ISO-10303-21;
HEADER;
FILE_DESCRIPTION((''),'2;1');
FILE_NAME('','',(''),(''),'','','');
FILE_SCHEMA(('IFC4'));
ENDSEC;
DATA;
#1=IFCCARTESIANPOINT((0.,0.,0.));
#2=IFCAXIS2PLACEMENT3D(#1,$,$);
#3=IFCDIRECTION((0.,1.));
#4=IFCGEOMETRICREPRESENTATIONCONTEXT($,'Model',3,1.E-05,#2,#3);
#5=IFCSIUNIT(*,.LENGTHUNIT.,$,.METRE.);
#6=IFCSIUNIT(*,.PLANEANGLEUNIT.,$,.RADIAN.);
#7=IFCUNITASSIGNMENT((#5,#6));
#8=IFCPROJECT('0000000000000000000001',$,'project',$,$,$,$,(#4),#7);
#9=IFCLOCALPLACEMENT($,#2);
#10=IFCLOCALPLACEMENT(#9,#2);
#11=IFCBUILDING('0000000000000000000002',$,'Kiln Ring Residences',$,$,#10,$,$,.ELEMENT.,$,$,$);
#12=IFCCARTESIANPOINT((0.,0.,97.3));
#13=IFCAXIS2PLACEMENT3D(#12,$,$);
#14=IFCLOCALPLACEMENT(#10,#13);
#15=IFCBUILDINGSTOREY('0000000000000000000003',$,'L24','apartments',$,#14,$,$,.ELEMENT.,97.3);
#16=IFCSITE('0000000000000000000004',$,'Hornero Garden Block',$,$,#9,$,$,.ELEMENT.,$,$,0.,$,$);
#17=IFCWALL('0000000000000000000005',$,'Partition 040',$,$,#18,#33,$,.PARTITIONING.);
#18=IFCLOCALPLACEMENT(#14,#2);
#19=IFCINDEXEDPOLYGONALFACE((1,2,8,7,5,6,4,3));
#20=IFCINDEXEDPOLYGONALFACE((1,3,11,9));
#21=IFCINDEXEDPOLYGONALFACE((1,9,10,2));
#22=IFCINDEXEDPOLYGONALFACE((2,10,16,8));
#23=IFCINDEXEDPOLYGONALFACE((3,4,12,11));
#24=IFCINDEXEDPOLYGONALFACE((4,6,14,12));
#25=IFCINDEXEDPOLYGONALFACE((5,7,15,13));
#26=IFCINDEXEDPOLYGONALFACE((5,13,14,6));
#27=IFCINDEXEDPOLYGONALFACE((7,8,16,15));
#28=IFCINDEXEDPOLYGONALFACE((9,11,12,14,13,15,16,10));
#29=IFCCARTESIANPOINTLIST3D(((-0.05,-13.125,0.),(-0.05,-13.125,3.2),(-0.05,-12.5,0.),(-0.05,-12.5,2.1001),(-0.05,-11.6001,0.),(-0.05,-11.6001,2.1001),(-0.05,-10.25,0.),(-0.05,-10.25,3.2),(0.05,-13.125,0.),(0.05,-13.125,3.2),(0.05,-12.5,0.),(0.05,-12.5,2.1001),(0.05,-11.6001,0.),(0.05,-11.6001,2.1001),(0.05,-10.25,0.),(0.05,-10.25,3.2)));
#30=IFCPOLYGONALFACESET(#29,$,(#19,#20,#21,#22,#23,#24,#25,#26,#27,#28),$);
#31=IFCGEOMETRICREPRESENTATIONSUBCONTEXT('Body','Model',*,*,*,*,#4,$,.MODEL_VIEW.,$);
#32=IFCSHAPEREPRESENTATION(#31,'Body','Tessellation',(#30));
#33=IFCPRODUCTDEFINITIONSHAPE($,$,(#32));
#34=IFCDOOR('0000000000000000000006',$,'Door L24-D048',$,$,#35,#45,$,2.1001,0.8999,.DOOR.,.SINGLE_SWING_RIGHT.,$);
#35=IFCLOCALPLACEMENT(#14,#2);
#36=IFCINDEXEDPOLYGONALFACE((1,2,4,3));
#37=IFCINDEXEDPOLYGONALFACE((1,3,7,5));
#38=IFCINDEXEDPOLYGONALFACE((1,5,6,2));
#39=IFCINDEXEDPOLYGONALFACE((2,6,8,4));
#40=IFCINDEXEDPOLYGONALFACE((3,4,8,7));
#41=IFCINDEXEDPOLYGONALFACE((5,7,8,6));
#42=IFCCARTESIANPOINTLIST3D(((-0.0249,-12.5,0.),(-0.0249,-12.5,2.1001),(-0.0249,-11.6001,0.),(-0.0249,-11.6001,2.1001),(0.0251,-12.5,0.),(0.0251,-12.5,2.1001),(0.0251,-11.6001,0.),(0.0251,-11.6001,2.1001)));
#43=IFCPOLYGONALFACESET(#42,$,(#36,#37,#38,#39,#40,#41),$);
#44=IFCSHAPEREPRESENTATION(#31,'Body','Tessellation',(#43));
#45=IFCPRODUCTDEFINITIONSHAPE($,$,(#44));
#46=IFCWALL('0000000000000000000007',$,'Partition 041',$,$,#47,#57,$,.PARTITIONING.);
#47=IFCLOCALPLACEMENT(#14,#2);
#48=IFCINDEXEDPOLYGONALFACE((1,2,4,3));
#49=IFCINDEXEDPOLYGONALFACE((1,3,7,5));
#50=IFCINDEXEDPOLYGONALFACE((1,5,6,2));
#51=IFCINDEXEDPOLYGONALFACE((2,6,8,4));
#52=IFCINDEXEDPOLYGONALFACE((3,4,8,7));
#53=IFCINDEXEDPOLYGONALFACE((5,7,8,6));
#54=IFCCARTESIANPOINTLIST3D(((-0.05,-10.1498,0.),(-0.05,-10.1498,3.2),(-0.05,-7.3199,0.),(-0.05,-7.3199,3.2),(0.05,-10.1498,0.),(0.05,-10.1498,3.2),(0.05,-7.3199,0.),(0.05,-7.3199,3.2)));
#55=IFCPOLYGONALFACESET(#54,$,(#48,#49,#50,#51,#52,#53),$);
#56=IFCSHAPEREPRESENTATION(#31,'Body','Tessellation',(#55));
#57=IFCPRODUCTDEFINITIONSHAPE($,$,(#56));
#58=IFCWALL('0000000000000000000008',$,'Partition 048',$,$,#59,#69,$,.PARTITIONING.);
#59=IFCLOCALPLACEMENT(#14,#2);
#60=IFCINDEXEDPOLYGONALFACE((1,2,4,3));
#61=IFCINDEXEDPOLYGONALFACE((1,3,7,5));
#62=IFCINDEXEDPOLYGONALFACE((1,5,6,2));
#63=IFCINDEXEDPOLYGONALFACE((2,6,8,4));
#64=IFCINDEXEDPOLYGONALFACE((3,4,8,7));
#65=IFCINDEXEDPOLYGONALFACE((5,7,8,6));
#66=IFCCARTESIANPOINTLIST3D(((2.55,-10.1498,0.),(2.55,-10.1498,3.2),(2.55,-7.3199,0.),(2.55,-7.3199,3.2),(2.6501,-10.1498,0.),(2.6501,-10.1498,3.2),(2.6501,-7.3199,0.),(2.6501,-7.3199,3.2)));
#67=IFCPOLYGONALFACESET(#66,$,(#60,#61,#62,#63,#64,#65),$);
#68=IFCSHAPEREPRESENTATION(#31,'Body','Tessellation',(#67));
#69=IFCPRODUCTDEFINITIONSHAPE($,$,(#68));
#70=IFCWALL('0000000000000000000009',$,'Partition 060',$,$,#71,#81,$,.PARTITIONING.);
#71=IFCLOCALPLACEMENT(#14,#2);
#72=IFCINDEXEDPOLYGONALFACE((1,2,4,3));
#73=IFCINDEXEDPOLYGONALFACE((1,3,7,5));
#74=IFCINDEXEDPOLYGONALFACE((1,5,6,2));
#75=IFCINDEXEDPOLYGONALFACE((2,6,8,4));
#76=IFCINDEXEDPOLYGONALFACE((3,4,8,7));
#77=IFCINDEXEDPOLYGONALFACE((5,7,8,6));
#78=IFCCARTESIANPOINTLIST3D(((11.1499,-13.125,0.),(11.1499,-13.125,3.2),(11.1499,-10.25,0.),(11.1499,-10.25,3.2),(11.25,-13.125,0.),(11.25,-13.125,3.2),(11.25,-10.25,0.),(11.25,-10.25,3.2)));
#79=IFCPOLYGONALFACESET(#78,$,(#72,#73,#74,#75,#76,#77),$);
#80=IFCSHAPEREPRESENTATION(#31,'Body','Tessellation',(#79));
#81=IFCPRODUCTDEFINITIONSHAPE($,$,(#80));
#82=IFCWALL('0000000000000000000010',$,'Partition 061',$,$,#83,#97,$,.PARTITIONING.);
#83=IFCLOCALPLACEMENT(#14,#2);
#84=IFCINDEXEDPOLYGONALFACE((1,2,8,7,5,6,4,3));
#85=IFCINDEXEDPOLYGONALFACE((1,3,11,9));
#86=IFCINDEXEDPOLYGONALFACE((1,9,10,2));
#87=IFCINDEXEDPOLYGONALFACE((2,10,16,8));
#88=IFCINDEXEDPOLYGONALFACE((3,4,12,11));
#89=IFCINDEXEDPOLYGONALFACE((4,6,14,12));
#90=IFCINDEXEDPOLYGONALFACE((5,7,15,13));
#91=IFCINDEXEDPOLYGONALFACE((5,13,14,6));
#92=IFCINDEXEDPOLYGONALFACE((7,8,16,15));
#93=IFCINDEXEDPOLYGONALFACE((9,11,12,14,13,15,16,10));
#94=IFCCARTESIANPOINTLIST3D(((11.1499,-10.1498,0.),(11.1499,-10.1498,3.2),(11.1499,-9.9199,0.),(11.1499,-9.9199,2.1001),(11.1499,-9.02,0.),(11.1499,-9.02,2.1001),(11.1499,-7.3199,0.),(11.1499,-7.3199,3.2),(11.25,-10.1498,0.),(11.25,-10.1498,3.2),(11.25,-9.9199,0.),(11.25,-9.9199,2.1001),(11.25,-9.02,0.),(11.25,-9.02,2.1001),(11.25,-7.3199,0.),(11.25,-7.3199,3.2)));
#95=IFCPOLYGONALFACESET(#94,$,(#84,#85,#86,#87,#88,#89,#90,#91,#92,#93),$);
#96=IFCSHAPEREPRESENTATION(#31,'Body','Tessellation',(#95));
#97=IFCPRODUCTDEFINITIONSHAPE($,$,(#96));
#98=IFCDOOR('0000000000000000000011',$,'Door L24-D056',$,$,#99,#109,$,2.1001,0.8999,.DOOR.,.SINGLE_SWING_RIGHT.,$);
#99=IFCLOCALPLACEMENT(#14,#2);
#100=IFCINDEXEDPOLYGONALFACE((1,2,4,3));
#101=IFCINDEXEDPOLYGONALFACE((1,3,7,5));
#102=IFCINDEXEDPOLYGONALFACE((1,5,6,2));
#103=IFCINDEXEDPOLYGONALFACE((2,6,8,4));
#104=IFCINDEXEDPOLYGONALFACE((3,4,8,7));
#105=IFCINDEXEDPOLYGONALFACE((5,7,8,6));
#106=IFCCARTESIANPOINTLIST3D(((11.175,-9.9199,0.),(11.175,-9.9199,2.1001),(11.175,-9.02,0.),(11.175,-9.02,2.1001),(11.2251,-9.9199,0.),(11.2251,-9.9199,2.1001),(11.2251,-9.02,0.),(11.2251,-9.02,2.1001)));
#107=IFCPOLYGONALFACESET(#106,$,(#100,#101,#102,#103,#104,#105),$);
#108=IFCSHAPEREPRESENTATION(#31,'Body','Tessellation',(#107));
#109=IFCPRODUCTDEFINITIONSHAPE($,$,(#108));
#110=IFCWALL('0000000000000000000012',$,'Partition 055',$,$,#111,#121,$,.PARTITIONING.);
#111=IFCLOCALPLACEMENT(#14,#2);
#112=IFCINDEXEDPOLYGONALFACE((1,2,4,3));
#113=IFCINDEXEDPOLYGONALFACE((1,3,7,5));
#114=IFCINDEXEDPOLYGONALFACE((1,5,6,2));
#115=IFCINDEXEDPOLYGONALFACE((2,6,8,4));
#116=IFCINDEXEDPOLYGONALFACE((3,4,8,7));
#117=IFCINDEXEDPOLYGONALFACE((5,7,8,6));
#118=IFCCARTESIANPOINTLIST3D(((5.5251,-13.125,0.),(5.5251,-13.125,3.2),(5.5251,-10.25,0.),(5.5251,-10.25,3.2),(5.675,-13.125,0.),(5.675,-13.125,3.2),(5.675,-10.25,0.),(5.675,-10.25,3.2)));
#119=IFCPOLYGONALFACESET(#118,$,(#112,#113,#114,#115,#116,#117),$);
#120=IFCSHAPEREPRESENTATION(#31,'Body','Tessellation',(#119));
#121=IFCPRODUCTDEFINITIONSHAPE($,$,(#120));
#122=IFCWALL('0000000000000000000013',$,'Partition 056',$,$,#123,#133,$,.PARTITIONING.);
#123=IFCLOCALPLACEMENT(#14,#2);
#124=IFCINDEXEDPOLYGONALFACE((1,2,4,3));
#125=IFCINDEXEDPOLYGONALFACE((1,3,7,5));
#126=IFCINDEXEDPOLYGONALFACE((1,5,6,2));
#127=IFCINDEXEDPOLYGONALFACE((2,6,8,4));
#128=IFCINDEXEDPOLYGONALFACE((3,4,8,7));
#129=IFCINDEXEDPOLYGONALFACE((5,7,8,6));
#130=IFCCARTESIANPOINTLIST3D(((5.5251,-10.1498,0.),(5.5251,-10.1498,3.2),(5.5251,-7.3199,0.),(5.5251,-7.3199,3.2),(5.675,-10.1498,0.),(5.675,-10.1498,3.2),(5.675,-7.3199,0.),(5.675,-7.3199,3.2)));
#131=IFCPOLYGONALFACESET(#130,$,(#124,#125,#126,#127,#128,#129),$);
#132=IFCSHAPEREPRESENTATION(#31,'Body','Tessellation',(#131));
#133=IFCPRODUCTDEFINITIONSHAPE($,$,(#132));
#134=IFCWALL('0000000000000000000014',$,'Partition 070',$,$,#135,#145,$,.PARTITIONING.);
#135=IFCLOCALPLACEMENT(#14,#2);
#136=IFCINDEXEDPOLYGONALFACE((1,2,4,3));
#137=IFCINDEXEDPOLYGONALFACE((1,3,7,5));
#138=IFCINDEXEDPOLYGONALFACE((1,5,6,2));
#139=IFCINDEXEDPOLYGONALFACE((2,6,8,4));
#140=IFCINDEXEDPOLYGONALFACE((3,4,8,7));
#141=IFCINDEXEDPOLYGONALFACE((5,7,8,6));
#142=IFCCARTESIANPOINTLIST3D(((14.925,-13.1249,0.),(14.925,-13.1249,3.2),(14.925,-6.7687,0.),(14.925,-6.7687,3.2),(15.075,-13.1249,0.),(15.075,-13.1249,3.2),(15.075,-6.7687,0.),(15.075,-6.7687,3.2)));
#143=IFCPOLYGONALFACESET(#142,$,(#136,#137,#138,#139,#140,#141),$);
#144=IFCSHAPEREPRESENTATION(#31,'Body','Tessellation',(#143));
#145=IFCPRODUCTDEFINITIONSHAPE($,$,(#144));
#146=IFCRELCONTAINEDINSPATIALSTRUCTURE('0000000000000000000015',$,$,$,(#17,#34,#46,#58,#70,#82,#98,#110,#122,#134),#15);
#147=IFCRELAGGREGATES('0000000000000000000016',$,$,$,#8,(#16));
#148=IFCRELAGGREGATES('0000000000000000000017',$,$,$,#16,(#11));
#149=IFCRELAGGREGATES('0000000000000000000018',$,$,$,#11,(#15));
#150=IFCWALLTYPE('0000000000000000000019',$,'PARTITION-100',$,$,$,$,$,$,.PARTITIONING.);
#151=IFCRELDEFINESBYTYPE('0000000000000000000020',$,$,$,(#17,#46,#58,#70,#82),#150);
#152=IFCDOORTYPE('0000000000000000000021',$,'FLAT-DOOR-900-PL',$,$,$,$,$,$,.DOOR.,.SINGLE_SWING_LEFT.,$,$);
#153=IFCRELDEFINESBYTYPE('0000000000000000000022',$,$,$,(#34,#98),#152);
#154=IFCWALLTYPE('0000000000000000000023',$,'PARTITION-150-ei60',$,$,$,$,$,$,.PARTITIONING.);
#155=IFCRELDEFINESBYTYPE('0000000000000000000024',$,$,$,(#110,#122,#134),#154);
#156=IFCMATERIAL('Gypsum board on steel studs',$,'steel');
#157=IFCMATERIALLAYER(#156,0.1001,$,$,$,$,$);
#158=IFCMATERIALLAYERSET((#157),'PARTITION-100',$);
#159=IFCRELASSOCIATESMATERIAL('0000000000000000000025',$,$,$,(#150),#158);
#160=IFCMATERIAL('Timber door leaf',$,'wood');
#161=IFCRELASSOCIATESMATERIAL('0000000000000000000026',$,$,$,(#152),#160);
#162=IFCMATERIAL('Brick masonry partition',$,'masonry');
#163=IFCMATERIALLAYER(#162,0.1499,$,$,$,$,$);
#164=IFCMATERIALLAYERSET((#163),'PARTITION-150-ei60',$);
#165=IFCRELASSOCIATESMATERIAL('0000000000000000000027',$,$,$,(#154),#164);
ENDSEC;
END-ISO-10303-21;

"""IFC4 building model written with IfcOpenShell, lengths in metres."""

from ifc_helpers import new_model, si_unit, direction, frame, frame_2d, origin, place, context, subcontext, project, spatial, rectangle, extrude, material, layer, layer_set, type_object, element, fill, save


model = new_model("IFC4")

# Units and contexts
model_context = context("Model", 3, precision=1e-05, world=origin(), true_north=direction((0.0, 1.0)))
body_context = subcontext(model_context, "Body", "Model", "MODEL_VIEW")
ifc_project = project(units=[si_unit("LENGTHUNIT", "METRE"), si_unit("PLANEANGLEUNIT", "RADIAN")], contexts=[model_context])

# Site, building, storey
site_placement = place(None, origin())
site = spatial("IfcSite", under=ifc_project, at=site_placement, Name="Hornero Garden Block", CompositionType="ELEMENT", RefElevation=0.0)
building_placement = place(site_placement, origin())
building = spatial("IfcBuilding", under=site, at=building_placement, Name="Kiln Ring Residences", CompositionType="ELEMENT")
storey_placement = place(building_placement, frame((0.0, 0.0, 97.3)))
storey = spatial("IfcBuildingStorey", under=building, at=storey_placement, Name="L24", Description="apartments", CompositionType="ELEMENT", Elevation=97.3)

# Wall, opening, door
ifc_material_1 = material(Name="Gypsum board on steel studs", Category="steel")
ifc_layer_1 = layer(ifc_material_1, 0.1001)
ifc_layer_set_1 = layer_set([ifc_layer_1], Name="PARTITION-100")
wall_type_1 = type_object("IfcWallType", Name="PARTITION-100", PredefinedType="PARTITIONING", material=ifc_layer_set_1)
wall_1_placement = place(storey_placement, frame((0.0, -13.125, 0.0), z_axis=(0.0, 0.0, 1.0), x_axis=(0.0, 1.0, 0.0)))
wall_1 = element("IfcWall", 1, at=wall_1_placement, inside=storey, type_object=wall_type_1, Name="Partition 040", PredefinedType="PARTITIONING", context=body_context, shape_type="SweptSolid", body=[
    extrude(rectangle(XDim=2.875, YDim=0.1001, at=frame_2d((1.4375, 0.0))), origin(), (0.0, 0.0, 1.0), 3.2),
])
opening_1_placement = place(wall_1_placement, frame((0.625, 0.0, 0.0)))
opening_1 = element("IfcOpeningElement", 2, at=opening_1_placement, cuts=wall_1, PredefinedType="OPENING", context=body_context, shape_type="SweptSolid", body=[
    extrude(rectangle(XDim=0.8999, YDim=2.1001, at=frame_2d((0.45, 1.05))), frame((0.0, 0.0601, 0.0), z_axis=(0.0, -1.0, 0.0), x_axis=(1.0, 0.0, 0.0)), (0.0, 0.0, 1.0), 0.1201),
])
ifc_material_2 = material(Name="Timber door leaf", Category="wood")
door_type = type_object("IfcDoorType", Name="FLAT-DOOR-900-PL", OperationType="SINGLE_SWING_LEFT", PredefinedType="DOOR", material=ifc_material_2)
door_1_placement = place(opening_1_placement, origin())
door_1 = element("IfcDoor", 3, at=door_1_placement, inside=storey, type_object=door_type, Name="Door L24-D048", OperationType="SINGLE_SWING_RIGHT", OverallHeight=2.1001, OverallWidth=0.8999, PredefinedType="DOOR", context=body_context, shape_type="SweptSolid", body=[
    extrude(rectangle(XDim=0.8999, YDim=2.1001, at=frame_2d((0.45, 1.05))), frame((0.0, 0.0249, 0.0), z_axis=(0.0, -1.0, 0.0), x_axis=(1.0, 0.0, 0.0)), (0.0, 0.0, 1.0), 0.05),
])
fill(opening_1, door_1)

# Walls
for number, where, z_axis, x_axis, name in (
    (4, (0.0, -10.1499, 0.0), (0.0, 0.0, 1.0), (0.0, 1.0, 0.0), "Partition 041"),
    (5, (2.6001, -10.1499, 0.0), (0.0, 0.0, 1.0), (0.0, 1.0, 0.0), "Partition 048"),
):
    element("IfcWall", number, at=place(storey_placement, frame(where, z_axis=z_axis, x_axis=x_axis)), inside=storey, type_object=wall_type_1, Name=name, PredefinedType="PARTITIONING", context=body_context, shape_type="SweptSolid", body=[
        extrude(rectangle(XDim=2.8298, YDim=0.1001, at=frame_2d((1.415, 0.0))), origin(), (0.0, 0.0, 1.0), 3.2),
    ])
wall_2_placement = place(storey_placement, frame((11.2, -13.125, 0.0), z_axis=(0.0, 0.0, 1.0), x_axis=(0.0, 1.0, 0.0)))
element("IfcWall", 6, at=wall_2_placement, inside=storey, type_object=wall_type_1, Name="Partition 060", PredefinedType="PARTITIONING", context=body_context, shape_type="SweptSolid", body=[
    extrude(rectangle(XDim=2.875, YDim=0.1001, at=frame_2d((1.4375, 0.0))), origin(), (0.0, 0.0, 1.0), 3.2),
])

# Wall, opening, door
wall_3_placement = place(storey_placement, frame((11.2, -10.1499, 0.0), z_axis=(0.0, 0.0, 1.0), x_axis=(0.0, 1.0, 0.0)))
wall_3 = element("IfcWall", 7, at=wall_3_placement, inside=storey, type_object=wall_type_1, Name="Partition 061", PredefinedType="PARTITIONING", context=body_context, shape_type="SweptSolid", body=[
    extrude(rectangle(XDim=2.8298, YDim=0.1001, at=frame_2d((1.415, 0.0))), origin(), (0.0, 0.0, 1.0), 3.2),
])
opening_2_placement = place(wall_3_placement, frame((0.23, 0.0, 0.0)))
opening_2 = element("IfcOpeningElement", 8, at=opening_2_placement, cuts=wall_3, PredefinedType="OPENING", context=body_context, shape_type="SweptSolid", body=[
    extrude(rectangle(XDim=0.8999, YDim=2.1001, at=frame_2d((0.45, 1.05))), frame((0.0, 0.0601, 0.0), z_axis=(0.0, -1.0, 0.0), x_axis=(1.0, 0.0, 0.0)), (0.0, 0.0, 1.0), 0.1201),
])
door_2_placement = place(opening_2_placement, origin())
door_2 = element("IfcDoor", 9, at=door_2_placement, inside=storey, type_object=door_type, Name="Door L24-D056", OperationType="SINGLE_SWING_RIGHT", OverallHeight=2.1001, OverallWidth=0.8999, PredefinedType="DOOR", context=body_context, shape_type="SweptSolid", body=[
    extrude(rectangle(XDim=0.8999, YDim=2.1001, at=frame_2d((0.45, 1.05))), frame((0.0, 0.0249, 0.0), z_axis=(0.0, -1.0, 0.0), x_axis=(1.0, 0.0, 0.0)), (0.0, 0.0, 1.0), 0.05),
])
fill(opening_2, door_2)

# Walls
ifc_material_3 = material(Name="Brick masonry partition", Category="masonry")
ifc_layer_2 = layer(ifc_material_3, 0.1499)
ifc_layer_set_2 = layer_set([ifc_layer_2], Name="PARTITION-150-ei60")
wall_type_2 = type_object("IfcWallType", Name="PARTITION-150-ei60", PredefinedType="PARTITIONING", material=ifc_layer_set_2)
wall_4_placement = place(storey_placement, frame((5.6001, -13.125, 0.0), z_axis=(0.0, 0.0, 1.0), x_axis=(0.0, 1.0, 0.0)))
element("IfcWall", 10, at=wall_4_placement, inside=storey, type_object=wall_type_2, Name="Partition 055", PredefinedType="PARTITIONING", context=body_context, shape_type="SweptSolid", body=[
    extrude(rectangle(XDim=2.875, YDim=0.1499, at=frame_2d((1.4375, 0.0))), origin(), (0.0, 0.0, 1.0), 3.2),
])
wall_5_placement = place(storey_placement, frame((5.6001, -10.1499, 0.0), z_axis=(0.0, 0.0, 1.0), x_axis=(0.0, 1.0, 0.0)))
element("IfcWall", 11, at=wall_5_placement, inside=storey, type_object=wall_type_2, Name="Partition 056", PredefinedType="PARTITIONING", context=body_context, shape_type="SweptSolid", body=[
    extrude(rectangle(XDim=2.8298, YDim=0.1499, at=frame_2d((1.415, 0.0))), origin(), (0.0, 0.0, 1.0), 3.2),
])
wall_6_placement = place(storey_placement, frame((15.0, -13.125, 0.0), z_axis=(0.0, 0.0, 1.0), x_axis=(0.0, 1.0, 0.0)))
element("IfcWall", 12, at=wall_6_placement, inside=storey, type_object=wall_type_2, Name="Partition 070", PredefinedType="PARTITIONING", context=body_context, shape_type="SweptSolid", body=[
    extrude(rectangle(XDim=6.3562, YDim=0.1499, at=frame_2d((3.1782, 0.0))), origin(), (0.0, 0.0, 1.0), 3.2),
])

save(model, "model.ifc")
